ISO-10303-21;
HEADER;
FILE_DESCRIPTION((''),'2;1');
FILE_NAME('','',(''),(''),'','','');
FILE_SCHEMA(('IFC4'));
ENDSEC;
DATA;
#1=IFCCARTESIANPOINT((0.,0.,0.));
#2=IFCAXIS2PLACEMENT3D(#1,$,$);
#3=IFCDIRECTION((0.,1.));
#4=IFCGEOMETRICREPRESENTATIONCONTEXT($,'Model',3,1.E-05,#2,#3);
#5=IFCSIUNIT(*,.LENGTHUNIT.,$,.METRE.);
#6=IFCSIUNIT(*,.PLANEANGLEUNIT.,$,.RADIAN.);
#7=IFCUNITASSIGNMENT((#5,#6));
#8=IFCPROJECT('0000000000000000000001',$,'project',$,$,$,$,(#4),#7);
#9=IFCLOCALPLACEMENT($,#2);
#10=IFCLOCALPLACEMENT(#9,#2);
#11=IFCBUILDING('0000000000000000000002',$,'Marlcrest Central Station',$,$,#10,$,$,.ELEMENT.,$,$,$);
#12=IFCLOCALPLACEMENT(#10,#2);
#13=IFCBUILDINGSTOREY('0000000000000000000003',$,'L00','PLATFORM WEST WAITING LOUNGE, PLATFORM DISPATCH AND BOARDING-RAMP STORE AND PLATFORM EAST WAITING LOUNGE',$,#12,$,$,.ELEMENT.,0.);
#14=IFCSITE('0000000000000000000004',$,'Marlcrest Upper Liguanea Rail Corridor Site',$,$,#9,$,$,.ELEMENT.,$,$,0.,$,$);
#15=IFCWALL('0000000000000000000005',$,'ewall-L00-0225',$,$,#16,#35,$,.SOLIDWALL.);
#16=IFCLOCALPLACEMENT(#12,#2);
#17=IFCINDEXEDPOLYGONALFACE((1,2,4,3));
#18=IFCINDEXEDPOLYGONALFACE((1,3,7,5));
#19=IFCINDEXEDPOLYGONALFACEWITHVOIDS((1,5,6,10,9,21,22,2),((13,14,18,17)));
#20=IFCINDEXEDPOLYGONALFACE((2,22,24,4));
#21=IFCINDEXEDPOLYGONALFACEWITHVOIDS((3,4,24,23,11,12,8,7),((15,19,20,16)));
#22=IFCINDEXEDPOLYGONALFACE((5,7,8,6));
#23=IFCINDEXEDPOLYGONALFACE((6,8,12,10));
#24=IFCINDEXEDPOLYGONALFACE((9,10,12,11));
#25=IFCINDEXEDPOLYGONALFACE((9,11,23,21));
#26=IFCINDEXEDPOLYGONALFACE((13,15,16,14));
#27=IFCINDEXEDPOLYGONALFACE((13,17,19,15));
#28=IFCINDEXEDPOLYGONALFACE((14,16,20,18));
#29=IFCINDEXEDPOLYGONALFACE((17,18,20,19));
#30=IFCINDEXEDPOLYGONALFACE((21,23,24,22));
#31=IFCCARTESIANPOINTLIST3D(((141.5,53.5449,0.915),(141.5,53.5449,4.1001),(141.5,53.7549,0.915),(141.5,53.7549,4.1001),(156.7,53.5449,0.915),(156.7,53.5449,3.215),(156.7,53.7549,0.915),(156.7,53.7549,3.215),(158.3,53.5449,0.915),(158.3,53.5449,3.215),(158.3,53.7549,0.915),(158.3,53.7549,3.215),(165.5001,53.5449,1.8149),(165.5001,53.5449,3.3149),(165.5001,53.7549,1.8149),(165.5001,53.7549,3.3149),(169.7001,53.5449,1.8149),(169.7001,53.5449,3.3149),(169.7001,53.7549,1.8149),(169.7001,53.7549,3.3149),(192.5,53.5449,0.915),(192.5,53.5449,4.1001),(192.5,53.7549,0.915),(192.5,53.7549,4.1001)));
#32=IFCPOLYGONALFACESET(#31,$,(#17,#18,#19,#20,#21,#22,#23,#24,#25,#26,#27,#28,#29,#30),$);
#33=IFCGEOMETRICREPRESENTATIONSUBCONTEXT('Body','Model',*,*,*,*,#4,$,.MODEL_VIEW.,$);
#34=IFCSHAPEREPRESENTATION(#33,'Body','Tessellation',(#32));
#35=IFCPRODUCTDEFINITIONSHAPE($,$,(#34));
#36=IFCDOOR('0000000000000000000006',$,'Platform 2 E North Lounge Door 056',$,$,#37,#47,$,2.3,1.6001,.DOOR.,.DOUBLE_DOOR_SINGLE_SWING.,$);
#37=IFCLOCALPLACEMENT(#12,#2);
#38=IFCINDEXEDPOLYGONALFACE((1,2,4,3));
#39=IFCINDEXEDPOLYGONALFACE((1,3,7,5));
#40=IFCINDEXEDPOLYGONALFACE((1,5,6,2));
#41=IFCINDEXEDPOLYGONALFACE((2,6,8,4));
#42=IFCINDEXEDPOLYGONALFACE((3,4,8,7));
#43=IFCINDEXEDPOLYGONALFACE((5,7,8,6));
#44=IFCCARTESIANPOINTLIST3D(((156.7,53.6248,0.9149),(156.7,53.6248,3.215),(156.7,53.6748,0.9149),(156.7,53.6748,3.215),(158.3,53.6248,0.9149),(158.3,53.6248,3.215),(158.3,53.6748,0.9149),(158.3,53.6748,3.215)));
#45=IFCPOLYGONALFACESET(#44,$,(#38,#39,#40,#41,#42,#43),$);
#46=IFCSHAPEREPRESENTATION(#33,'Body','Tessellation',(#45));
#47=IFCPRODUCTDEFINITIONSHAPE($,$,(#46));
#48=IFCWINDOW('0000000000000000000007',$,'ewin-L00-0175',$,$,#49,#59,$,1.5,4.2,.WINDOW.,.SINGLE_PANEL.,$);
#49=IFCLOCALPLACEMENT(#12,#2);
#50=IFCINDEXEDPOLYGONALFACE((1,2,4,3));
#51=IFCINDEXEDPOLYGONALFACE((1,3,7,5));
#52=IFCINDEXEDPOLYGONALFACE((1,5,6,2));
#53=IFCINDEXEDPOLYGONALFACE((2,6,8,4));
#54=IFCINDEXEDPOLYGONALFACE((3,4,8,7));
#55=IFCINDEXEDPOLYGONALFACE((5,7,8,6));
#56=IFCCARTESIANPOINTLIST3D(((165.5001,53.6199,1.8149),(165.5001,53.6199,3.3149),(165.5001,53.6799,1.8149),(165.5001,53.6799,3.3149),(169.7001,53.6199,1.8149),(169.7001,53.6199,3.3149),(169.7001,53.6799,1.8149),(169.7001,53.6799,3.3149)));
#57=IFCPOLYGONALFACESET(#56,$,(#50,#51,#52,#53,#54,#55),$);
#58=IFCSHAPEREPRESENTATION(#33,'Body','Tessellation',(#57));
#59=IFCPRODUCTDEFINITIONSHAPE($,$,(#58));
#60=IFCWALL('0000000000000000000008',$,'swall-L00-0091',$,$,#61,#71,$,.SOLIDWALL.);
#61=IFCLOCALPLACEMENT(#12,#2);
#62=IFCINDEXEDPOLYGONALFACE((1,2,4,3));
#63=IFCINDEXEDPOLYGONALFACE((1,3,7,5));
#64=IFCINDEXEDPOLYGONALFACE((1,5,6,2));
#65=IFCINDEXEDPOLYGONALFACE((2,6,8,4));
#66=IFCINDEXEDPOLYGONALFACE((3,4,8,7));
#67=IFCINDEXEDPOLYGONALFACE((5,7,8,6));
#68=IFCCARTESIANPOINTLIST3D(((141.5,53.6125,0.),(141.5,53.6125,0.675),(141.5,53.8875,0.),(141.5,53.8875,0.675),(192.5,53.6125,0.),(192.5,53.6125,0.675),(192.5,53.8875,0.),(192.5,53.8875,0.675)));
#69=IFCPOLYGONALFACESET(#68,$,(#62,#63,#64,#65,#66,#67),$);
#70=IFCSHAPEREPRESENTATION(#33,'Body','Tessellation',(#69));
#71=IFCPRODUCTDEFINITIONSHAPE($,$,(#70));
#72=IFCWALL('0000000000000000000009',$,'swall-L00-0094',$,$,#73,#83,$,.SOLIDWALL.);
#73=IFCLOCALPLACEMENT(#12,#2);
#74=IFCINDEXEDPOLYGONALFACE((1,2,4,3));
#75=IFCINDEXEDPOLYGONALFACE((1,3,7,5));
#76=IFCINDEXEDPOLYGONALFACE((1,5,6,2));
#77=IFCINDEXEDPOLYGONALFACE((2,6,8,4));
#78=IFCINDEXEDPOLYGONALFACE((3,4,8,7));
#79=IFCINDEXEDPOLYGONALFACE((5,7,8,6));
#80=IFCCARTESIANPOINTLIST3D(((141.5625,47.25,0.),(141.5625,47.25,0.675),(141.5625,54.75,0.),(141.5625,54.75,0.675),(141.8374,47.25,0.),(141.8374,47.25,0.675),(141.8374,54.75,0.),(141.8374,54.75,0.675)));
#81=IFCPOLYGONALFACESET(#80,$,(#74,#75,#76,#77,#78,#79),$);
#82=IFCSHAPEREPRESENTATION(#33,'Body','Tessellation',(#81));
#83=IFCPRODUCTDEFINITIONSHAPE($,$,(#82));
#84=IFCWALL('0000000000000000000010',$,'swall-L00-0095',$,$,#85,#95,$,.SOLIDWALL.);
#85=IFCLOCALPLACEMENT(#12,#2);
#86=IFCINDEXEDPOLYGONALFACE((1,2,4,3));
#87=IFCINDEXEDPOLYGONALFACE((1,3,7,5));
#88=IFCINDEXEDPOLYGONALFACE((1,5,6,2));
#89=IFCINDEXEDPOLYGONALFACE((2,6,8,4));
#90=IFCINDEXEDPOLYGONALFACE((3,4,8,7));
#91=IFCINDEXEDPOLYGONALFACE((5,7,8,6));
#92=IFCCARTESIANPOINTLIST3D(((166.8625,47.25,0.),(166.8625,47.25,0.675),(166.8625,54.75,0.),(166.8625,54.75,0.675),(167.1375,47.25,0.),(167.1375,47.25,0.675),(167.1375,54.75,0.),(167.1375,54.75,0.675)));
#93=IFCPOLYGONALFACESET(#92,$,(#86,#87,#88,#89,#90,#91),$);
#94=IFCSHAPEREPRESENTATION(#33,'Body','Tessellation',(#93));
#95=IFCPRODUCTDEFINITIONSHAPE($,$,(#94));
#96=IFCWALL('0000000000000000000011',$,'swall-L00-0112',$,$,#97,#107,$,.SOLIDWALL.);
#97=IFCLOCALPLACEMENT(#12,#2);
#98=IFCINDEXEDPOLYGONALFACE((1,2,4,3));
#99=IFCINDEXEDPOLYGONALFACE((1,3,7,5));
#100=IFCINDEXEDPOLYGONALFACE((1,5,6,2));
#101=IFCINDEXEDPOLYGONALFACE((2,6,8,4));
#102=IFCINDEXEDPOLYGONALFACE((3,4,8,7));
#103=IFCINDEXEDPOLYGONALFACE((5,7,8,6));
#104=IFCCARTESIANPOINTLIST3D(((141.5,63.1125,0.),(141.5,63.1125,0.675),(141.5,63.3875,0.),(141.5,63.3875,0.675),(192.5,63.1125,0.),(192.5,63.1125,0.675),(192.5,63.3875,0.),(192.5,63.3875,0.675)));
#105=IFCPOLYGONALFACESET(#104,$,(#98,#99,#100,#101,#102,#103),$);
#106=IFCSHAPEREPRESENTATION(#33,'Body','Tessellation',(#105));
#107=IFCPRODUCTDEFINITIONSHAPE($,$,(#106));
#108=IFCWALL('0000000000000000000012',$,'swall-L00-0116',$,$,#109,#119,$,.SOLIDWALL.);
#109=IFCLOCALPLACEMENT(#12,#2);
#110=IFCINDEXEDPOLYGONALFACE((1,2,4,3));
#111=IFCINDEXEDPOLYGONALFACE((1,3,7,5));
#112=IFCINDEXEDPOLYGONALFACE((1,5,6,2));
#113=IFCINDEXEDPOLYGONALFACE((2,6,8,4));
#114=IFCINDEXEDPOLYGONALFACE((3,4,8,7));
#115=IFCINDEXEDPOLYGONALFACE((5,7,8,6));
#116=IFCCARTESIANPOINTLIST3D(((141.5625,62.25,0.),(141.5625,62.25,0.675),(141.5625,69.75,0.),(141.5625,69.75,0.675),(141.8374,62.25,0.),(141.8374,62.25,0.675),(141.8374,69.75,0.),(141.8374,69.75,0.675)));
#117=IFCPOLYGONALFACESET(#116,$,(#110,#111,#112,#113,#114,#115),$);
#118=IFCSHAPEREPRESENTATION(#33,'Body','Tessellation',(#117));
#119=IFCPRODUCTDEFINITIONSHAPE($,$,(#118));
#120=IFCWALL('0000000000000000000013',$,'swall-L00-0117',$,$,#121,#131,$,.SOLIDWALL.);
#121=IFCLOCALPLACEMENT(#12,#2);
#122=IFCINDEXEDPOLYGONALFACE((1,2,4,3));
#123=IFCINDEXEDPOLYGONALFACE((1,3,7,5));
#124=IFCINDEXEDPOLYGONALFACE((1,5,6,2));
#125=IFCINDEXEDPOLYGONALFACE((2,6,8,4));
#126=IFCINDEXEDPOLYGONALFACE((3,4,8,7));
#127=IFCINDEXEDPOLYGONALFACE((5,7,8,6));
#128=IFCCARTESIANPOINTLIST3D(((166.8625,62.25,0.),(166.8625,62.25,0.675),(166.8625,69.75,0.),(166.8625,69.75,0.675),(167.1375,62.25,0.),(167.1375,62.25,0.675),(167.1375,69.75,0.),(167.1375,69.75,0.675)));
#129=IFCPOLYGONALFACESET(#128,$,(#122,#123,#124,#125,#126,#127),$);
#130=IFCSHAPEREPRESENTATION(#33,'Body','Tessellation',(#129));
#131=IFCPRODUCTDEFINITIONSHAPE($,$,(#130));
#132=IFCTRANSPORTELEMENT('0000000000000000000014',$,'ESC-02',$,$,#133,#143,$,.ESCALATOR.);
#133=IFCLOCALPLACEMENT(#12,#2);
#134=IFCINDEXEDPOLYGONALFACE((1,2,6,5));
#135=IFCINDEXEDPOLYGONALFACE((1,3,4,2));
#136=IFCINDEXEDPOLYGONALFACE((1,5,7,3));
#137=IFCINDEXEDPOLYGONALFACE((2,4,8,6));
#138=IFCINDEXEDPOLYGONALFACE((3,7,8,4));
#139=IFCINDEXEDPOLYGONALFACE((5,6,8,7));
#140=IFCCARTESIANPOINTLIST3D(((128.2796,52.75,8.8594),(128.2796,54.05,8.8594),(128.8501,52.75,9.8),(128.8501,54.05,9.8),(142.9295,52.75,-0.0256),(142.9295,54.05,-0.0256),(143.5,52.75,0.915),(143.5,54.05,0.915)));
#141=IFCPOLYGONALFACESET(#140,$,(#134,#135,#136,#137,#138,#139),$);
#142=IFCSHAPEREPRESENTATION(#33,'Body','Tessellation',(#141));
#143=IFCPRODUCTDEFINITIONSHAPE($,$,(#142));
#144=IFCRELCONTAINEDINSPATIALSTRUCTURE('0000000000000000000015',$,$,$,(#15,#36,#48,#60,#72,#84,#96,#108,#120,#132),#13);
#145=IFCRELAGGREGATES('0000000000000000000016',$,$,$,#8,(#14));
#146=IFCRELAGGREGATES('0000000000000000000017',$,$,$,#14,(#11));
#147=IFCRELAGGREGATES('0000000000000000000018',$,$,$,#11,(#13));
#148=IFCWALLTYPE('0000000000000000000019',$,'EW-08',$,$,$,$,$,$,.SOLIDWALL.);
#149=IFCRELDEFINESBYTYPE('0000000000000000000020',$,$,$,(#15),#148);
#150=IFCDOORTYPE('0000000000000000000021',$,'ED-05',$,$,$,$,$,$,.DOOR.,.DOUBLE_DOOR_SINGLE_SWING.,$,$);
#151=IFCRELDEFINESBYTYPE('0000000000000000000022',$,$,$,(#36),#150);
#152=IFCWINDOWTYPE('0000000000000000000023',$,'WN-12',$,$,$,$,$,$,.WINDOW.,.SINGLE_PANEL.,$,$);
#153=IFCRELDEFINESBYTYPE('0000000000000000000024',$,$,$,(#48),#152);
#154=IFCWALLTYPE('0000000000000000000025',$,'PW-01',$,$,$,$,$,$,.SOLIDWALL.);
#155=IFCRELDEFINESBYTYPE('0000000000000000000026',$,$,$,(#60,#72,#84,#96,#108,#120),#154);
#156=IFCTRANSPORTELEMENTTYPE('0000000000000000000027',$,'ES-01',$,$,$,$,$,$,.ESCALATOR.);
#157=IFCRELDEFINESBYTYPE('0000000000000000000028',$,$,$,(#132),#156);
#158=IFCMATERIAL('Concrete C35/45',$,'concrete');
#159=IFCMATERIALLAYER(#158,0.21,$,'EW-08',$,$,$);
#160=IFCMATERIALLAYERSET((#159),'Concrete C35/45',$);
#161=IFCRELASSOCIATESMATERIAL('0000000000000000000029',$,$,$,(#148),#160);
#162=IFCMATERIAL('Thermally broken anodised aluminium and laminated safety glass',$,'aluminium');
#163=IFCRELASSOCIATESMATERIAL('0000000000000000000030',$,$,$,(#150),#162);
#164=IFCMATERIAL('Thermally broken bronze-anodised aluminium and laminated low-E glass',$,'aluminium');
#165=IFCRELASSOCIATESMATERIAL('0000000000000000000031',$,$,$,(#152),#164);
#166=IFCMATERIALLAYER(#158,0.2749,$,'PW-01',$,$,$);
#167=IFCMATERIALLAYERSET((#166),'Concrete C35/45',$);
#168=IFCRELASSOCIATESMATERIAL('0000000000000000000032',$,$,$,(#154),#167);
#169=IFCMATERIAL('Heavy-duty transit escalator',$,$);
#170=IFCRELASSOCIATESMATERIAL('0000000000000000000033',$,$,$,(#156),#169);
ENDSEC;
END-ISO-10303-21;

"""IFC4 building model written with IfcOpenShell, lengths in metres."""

from ifc_helpers import new_model, si_unit, direction, frame, frame_2d, origin, place, context, subcontext, project, spatial, polyline, rectangle, outline, extrude, material, layer, layer_set, type_object, element, fill, save


model = new_model("IFC4")

# Units and contexts
model_context = context("Model", 3, precision=1e-05, world=origin(), true_north=direction((0.0, 1.0)))
body_context = subcontext(model_context, "Body", "Model", "MODEL_VIEW")
ifc_project = project(units=[si_unit("LENGTHUNIT", "METRE"), si_unit("PLANEANGLEUNIT", "RADIAN")], contexts=[model_context])

# Site, building, storey
site_placement = place(None, origin())
site = spatial("IfcSite", under=ifc_project, at=site_placement, Name="Marlcrest Upper Liguanea Rail Corridor Site", CompositionType="ELEMENT", RefElevation=0.0)
building_placement = place(site_placement, origin())
building = spatial("IfcBuilding", under=site, at=building_placement, Name="Marlcrest Central Station", CompositionType="ELEMENT")
storey_placement = place(building_placement, origin())
storey = spatial("IfcBuildingStorey", under=building, at=storey_placement, Name="L00", Description="PLATFORM WEST WAITING LOUNGE, PLATFORM DISPATCH AND BOARDING-RAMP STORE AND PLATFORM EAST WAITING LOUNGE", CompositionType="ELEMENT", Elevation=0.0)

# Shared definitions
ifc_material_1 = material(Name="Concrete C35/45", Category="concrete")

# Wall, openings, door, window
ifc_layer_1 = layer(ifc_material_1, 0.21, Name="EW-08")
ifc_layer_set_1 = layer_set([ifc_layer_1], Name="Concrete C35/45")
wall_type_1 = type_object("IfcWallType", Name="EW-08", PredefinedType="SOLIDWALL", material=ifc_layer_set_1)
wall_1_placement = place(storey_placement, frame((141.5, 53.6499, 0.915), z_axis=(0.0, 0.0, 1.0), x_axis=(1.0, 0.0, 0.0)))
wall_1 = element("IfcWall", 1, at=wall_1_placement, inside=storey, type_object=wall_type_1, Name="ewall-L00-0225", PredefinedType="SOLIDWALL", context=body_context, shape_type="SweptSolid", body=[
    extrude(rectangle(XDim=51.0, YDim=0.21, at=frame_2d((25.5, 0.0))), origin(), (0.0, 0.0, 1.0), 3.1851),
])
opening_1_placement = place(wall_1_placement, frame((15.2, 0.0, 0.0)))
opening_1 = element("IfcOpeningElement", 2, at=opening_1_placement, cuts=wall_1, PredefinedType="OPENING", context=body_context, shape_type="SweptSolid", body=[
    extrude(rectangle(XDim=1.6001, YDim=2.3, at=frame_2d((0.8, 1.1499))), frame((0.0, 0.115, 0.0), z_axis=(0.0, -1.0, 0.0), x_axis=(1.0, 0.0, 0.0)), (0.0, 0.0, 1.0), 0.23),
])
opening_2_placement = place(wall_1_placement, frame((24.0, 0.0, 0.8999)))
opening_2 = element("IfcOpeningElement", 3, at=opening_2_placement, cuts=wall_1, PredefinedType="OPENING", context=body_context, shape_type="SweptSolid", body=[
    extrude(rectangle(XDim=4.2, YDim=1.5, at=frame_2d((2.1001, 0.75))), frame((0.0, 0.115, 0.0), z_axis=(0.0, -1.0, 0.0), x_axis=(1.0, 0.0, 0.0)), (0.0, 0.0, 1.0), 0.23),
])
ifc_material_2 = material(Name="Thermally broken anodised aluminium and laminated safety glass", Category="aluminium")
door_type = type_object("IfcDoorType", Name="ED-05", OperationType="DOUBLE_DOOR_SINGLE_SWING", PredefinedType="DOOR", material=ifc_material_2)
door_placement = place(opening_1_placement, origin())
door = element("IfcDoor", 4, at=door_placement, inside=storey, type_object=door_type, Name="Platform 2 E North Lounge Door 056", OperationType="DOUBLE_DOOR_SINGLE_SWING", OverallHeight=2.3, OverallWidth=1.6001, PredefinedType="DOOR", context=body_context, shape_type="SweptSolid", body=[
    extrude(rectangle(XDim=1.6001, YDim=2.3, at=frame_2d((0.8, 1.1499))), frame((0.0, 0.0249, 0.0), z_axis=(0.0, -1.0, 0.0), x_axis=(1.0, 0.0, 0.0)), (0.0, 0.0, 1.0), 0.05),
])
fill(opening_1, door)
ifc_material_3 = material(Name="Thermally broken bronze-anodised aluminium and laminated low-E glass", Category="aluminium")
window_type = type_object("IfcWindowType", Name="WN-12", PartitioningType="SINGLE_PANEL", PredefinedType="WINDOW", material=ifc_material_3)
window_placement = place(opening_2_placement, origin())
window = element("IfcWindow", 5, at=window_placement, inside=storey, type_object=window_type, Name="ewin-L00-0175", OverallHeight=1.5, OverallWidth=4.2, PartitioningType="SINGLE_PANEL", PredefinedType="WINDOW", context=body_context, shape_type="SweptSolid", body=[
    extrude(rectangle(XDim=4.2, YDim=1.5, at=frame_2d((2.1001, 0.75))), frame((0.0, 0.03, 0.0), z_axis=(0.0, -1.0, 0.0), x_axis=(1.0, 0.0, 0.0)), (0.0, 0.0, 1.0), 0.0601),
])
fill(opening_2, window)

# Walls
ifc_layer_2 = layer(ifc_material_1, 0.2749, Name="PW-01")
ifc_layer_set_2 = layer_set([ifc_layer_2], Name="Concrete C35/45")
wall_type_2 = type_object("IfcWallType", Name="PW-01", PredefinedType="SOLIDWALL", material=ifc_layer_set_2)
wall_2_placement = place(storey_placement, frame((141.5, 53.75, 0.0), z_axis=(0.0, 0.0, 1.0), x_axis=(1.0, 0.0, 0.0)))
element("IfcWall", 6, at=wall_2_placement, inside=storey, type_object=wall_type_2, Name="swall-L00-0091", PredefinedType="SOLIDWALL", context=body_context, shape_type="SweptSolid", body=[
    extrude(rectangle(XDim=51.0, YDim=0.2749, at=frame_2d((25.5, 0.0))), origin(), (0.0, 0.0, 1.0), 0.675),
])
for number, where, z_axis, x_axis, name in (
    (7, (141.7, 47.25, 0.0), (0.0, 0.0, 1.0), (0.0, 1.0, 0.0), "swall-L00-0094"),
    (8, (167.0, 47.25, 0.0), (0.0, 0.0, 1.0), (0.0, 1.0, 0.0), "swall-L00-0095"),
):
    element("IfcWall", number, at=place(storey_placement, frame(where, z_axis=z_axis, x_axis=x_axis)), inside=storey, type_object=wall_type_2, Name=name, PredefinedType="SOLIDWALL", context=body_context, shape_type="SweptSolid", body=[
        extrude(rectangle(XDim=7.5, YDim=0.2749, at=frame_2d((3.75, 0.0))), origin(), (0.0, 0.0, 1.0), 0.675),
    ])
wall_3_placement = place(storey_placement, frame((141.5, 63.25, 0.0), z_axis=(0.0, 0.0, 1.0), x_axis=(1.0, 0.0, 0.0)))
element("IfcWall", 9, at=wall_3_placement, inside=storey, type_object=wall_type_2, Name="swall-L00-0112", PredefinedType="SOLIDWALL", context=body_context, shape_type="SweptSolid", body=[
    extrude(rectangle(XDim=51.0, YDim=0.2749, at=frame_2d((25.5, 0.0))), origin(), (0.0, 0.0, 1.0), 0.675),
])
for number, where, z_axis, x_axis, name in (
    (10, (141.7, 62.25, 0.0), (0.0, 0.0, 1.0), (0.0, 1.0, 0.0), "swall-L00-0116"),
    (11, (167.0, 62.25, 0.0), (0.0, 0.0, 1.0), (0.0, 1.0, 0.0), "swall-L00-0117"),
):
    element("IfcWall", number, at=place(storey_placement, frame(where, z_axis=z_axis, x_axis=x_axis)), inside=storey, type_object=wall_type_2, Name=name, PredefinedType="SOLIDWALL", context=body_context, shape_type="SweptSolid", body=[
        extrude(rectangle(XDim=7.5, YDim=0.2749, at=frame_2d((3.75, 0.0))), origin(), (0.0, 0.0, 1.0), 0.675),
    ])

# Transport element
ifc_material_4 = material(Name="Heavy-duty transit escalator")
transport_element_type = type_object("IfcTransportElementType", Name="ES-01", PredefinedType="ESCALATOR", material=ifc_material_4)
transport_element_placement = place(storey_placement, frame((143.5, 52.75, 0.915), z_axis=(0.51857, 0.0, 0.855035), x_axis=(-0.855035, 0.0, 0.51857)))
element("IfcTransportElement", 12, at=transport_element_placement, inside=storey, type_object=transport_element_type, Name="ESC-02", PredefinedType="ESCALATOR", context=body_context, shape_type="SweptSolid", body=[
    extrude(outline(polyline([(0.0, 0.0), (17.1337, 0.0), (17.1337, -1.3), (0.0, -1.3), (0.0, 0.0)])), origin(), (0.0, 0.0, -1.0), 1.1001),
])

save(model, "model.ifc")
